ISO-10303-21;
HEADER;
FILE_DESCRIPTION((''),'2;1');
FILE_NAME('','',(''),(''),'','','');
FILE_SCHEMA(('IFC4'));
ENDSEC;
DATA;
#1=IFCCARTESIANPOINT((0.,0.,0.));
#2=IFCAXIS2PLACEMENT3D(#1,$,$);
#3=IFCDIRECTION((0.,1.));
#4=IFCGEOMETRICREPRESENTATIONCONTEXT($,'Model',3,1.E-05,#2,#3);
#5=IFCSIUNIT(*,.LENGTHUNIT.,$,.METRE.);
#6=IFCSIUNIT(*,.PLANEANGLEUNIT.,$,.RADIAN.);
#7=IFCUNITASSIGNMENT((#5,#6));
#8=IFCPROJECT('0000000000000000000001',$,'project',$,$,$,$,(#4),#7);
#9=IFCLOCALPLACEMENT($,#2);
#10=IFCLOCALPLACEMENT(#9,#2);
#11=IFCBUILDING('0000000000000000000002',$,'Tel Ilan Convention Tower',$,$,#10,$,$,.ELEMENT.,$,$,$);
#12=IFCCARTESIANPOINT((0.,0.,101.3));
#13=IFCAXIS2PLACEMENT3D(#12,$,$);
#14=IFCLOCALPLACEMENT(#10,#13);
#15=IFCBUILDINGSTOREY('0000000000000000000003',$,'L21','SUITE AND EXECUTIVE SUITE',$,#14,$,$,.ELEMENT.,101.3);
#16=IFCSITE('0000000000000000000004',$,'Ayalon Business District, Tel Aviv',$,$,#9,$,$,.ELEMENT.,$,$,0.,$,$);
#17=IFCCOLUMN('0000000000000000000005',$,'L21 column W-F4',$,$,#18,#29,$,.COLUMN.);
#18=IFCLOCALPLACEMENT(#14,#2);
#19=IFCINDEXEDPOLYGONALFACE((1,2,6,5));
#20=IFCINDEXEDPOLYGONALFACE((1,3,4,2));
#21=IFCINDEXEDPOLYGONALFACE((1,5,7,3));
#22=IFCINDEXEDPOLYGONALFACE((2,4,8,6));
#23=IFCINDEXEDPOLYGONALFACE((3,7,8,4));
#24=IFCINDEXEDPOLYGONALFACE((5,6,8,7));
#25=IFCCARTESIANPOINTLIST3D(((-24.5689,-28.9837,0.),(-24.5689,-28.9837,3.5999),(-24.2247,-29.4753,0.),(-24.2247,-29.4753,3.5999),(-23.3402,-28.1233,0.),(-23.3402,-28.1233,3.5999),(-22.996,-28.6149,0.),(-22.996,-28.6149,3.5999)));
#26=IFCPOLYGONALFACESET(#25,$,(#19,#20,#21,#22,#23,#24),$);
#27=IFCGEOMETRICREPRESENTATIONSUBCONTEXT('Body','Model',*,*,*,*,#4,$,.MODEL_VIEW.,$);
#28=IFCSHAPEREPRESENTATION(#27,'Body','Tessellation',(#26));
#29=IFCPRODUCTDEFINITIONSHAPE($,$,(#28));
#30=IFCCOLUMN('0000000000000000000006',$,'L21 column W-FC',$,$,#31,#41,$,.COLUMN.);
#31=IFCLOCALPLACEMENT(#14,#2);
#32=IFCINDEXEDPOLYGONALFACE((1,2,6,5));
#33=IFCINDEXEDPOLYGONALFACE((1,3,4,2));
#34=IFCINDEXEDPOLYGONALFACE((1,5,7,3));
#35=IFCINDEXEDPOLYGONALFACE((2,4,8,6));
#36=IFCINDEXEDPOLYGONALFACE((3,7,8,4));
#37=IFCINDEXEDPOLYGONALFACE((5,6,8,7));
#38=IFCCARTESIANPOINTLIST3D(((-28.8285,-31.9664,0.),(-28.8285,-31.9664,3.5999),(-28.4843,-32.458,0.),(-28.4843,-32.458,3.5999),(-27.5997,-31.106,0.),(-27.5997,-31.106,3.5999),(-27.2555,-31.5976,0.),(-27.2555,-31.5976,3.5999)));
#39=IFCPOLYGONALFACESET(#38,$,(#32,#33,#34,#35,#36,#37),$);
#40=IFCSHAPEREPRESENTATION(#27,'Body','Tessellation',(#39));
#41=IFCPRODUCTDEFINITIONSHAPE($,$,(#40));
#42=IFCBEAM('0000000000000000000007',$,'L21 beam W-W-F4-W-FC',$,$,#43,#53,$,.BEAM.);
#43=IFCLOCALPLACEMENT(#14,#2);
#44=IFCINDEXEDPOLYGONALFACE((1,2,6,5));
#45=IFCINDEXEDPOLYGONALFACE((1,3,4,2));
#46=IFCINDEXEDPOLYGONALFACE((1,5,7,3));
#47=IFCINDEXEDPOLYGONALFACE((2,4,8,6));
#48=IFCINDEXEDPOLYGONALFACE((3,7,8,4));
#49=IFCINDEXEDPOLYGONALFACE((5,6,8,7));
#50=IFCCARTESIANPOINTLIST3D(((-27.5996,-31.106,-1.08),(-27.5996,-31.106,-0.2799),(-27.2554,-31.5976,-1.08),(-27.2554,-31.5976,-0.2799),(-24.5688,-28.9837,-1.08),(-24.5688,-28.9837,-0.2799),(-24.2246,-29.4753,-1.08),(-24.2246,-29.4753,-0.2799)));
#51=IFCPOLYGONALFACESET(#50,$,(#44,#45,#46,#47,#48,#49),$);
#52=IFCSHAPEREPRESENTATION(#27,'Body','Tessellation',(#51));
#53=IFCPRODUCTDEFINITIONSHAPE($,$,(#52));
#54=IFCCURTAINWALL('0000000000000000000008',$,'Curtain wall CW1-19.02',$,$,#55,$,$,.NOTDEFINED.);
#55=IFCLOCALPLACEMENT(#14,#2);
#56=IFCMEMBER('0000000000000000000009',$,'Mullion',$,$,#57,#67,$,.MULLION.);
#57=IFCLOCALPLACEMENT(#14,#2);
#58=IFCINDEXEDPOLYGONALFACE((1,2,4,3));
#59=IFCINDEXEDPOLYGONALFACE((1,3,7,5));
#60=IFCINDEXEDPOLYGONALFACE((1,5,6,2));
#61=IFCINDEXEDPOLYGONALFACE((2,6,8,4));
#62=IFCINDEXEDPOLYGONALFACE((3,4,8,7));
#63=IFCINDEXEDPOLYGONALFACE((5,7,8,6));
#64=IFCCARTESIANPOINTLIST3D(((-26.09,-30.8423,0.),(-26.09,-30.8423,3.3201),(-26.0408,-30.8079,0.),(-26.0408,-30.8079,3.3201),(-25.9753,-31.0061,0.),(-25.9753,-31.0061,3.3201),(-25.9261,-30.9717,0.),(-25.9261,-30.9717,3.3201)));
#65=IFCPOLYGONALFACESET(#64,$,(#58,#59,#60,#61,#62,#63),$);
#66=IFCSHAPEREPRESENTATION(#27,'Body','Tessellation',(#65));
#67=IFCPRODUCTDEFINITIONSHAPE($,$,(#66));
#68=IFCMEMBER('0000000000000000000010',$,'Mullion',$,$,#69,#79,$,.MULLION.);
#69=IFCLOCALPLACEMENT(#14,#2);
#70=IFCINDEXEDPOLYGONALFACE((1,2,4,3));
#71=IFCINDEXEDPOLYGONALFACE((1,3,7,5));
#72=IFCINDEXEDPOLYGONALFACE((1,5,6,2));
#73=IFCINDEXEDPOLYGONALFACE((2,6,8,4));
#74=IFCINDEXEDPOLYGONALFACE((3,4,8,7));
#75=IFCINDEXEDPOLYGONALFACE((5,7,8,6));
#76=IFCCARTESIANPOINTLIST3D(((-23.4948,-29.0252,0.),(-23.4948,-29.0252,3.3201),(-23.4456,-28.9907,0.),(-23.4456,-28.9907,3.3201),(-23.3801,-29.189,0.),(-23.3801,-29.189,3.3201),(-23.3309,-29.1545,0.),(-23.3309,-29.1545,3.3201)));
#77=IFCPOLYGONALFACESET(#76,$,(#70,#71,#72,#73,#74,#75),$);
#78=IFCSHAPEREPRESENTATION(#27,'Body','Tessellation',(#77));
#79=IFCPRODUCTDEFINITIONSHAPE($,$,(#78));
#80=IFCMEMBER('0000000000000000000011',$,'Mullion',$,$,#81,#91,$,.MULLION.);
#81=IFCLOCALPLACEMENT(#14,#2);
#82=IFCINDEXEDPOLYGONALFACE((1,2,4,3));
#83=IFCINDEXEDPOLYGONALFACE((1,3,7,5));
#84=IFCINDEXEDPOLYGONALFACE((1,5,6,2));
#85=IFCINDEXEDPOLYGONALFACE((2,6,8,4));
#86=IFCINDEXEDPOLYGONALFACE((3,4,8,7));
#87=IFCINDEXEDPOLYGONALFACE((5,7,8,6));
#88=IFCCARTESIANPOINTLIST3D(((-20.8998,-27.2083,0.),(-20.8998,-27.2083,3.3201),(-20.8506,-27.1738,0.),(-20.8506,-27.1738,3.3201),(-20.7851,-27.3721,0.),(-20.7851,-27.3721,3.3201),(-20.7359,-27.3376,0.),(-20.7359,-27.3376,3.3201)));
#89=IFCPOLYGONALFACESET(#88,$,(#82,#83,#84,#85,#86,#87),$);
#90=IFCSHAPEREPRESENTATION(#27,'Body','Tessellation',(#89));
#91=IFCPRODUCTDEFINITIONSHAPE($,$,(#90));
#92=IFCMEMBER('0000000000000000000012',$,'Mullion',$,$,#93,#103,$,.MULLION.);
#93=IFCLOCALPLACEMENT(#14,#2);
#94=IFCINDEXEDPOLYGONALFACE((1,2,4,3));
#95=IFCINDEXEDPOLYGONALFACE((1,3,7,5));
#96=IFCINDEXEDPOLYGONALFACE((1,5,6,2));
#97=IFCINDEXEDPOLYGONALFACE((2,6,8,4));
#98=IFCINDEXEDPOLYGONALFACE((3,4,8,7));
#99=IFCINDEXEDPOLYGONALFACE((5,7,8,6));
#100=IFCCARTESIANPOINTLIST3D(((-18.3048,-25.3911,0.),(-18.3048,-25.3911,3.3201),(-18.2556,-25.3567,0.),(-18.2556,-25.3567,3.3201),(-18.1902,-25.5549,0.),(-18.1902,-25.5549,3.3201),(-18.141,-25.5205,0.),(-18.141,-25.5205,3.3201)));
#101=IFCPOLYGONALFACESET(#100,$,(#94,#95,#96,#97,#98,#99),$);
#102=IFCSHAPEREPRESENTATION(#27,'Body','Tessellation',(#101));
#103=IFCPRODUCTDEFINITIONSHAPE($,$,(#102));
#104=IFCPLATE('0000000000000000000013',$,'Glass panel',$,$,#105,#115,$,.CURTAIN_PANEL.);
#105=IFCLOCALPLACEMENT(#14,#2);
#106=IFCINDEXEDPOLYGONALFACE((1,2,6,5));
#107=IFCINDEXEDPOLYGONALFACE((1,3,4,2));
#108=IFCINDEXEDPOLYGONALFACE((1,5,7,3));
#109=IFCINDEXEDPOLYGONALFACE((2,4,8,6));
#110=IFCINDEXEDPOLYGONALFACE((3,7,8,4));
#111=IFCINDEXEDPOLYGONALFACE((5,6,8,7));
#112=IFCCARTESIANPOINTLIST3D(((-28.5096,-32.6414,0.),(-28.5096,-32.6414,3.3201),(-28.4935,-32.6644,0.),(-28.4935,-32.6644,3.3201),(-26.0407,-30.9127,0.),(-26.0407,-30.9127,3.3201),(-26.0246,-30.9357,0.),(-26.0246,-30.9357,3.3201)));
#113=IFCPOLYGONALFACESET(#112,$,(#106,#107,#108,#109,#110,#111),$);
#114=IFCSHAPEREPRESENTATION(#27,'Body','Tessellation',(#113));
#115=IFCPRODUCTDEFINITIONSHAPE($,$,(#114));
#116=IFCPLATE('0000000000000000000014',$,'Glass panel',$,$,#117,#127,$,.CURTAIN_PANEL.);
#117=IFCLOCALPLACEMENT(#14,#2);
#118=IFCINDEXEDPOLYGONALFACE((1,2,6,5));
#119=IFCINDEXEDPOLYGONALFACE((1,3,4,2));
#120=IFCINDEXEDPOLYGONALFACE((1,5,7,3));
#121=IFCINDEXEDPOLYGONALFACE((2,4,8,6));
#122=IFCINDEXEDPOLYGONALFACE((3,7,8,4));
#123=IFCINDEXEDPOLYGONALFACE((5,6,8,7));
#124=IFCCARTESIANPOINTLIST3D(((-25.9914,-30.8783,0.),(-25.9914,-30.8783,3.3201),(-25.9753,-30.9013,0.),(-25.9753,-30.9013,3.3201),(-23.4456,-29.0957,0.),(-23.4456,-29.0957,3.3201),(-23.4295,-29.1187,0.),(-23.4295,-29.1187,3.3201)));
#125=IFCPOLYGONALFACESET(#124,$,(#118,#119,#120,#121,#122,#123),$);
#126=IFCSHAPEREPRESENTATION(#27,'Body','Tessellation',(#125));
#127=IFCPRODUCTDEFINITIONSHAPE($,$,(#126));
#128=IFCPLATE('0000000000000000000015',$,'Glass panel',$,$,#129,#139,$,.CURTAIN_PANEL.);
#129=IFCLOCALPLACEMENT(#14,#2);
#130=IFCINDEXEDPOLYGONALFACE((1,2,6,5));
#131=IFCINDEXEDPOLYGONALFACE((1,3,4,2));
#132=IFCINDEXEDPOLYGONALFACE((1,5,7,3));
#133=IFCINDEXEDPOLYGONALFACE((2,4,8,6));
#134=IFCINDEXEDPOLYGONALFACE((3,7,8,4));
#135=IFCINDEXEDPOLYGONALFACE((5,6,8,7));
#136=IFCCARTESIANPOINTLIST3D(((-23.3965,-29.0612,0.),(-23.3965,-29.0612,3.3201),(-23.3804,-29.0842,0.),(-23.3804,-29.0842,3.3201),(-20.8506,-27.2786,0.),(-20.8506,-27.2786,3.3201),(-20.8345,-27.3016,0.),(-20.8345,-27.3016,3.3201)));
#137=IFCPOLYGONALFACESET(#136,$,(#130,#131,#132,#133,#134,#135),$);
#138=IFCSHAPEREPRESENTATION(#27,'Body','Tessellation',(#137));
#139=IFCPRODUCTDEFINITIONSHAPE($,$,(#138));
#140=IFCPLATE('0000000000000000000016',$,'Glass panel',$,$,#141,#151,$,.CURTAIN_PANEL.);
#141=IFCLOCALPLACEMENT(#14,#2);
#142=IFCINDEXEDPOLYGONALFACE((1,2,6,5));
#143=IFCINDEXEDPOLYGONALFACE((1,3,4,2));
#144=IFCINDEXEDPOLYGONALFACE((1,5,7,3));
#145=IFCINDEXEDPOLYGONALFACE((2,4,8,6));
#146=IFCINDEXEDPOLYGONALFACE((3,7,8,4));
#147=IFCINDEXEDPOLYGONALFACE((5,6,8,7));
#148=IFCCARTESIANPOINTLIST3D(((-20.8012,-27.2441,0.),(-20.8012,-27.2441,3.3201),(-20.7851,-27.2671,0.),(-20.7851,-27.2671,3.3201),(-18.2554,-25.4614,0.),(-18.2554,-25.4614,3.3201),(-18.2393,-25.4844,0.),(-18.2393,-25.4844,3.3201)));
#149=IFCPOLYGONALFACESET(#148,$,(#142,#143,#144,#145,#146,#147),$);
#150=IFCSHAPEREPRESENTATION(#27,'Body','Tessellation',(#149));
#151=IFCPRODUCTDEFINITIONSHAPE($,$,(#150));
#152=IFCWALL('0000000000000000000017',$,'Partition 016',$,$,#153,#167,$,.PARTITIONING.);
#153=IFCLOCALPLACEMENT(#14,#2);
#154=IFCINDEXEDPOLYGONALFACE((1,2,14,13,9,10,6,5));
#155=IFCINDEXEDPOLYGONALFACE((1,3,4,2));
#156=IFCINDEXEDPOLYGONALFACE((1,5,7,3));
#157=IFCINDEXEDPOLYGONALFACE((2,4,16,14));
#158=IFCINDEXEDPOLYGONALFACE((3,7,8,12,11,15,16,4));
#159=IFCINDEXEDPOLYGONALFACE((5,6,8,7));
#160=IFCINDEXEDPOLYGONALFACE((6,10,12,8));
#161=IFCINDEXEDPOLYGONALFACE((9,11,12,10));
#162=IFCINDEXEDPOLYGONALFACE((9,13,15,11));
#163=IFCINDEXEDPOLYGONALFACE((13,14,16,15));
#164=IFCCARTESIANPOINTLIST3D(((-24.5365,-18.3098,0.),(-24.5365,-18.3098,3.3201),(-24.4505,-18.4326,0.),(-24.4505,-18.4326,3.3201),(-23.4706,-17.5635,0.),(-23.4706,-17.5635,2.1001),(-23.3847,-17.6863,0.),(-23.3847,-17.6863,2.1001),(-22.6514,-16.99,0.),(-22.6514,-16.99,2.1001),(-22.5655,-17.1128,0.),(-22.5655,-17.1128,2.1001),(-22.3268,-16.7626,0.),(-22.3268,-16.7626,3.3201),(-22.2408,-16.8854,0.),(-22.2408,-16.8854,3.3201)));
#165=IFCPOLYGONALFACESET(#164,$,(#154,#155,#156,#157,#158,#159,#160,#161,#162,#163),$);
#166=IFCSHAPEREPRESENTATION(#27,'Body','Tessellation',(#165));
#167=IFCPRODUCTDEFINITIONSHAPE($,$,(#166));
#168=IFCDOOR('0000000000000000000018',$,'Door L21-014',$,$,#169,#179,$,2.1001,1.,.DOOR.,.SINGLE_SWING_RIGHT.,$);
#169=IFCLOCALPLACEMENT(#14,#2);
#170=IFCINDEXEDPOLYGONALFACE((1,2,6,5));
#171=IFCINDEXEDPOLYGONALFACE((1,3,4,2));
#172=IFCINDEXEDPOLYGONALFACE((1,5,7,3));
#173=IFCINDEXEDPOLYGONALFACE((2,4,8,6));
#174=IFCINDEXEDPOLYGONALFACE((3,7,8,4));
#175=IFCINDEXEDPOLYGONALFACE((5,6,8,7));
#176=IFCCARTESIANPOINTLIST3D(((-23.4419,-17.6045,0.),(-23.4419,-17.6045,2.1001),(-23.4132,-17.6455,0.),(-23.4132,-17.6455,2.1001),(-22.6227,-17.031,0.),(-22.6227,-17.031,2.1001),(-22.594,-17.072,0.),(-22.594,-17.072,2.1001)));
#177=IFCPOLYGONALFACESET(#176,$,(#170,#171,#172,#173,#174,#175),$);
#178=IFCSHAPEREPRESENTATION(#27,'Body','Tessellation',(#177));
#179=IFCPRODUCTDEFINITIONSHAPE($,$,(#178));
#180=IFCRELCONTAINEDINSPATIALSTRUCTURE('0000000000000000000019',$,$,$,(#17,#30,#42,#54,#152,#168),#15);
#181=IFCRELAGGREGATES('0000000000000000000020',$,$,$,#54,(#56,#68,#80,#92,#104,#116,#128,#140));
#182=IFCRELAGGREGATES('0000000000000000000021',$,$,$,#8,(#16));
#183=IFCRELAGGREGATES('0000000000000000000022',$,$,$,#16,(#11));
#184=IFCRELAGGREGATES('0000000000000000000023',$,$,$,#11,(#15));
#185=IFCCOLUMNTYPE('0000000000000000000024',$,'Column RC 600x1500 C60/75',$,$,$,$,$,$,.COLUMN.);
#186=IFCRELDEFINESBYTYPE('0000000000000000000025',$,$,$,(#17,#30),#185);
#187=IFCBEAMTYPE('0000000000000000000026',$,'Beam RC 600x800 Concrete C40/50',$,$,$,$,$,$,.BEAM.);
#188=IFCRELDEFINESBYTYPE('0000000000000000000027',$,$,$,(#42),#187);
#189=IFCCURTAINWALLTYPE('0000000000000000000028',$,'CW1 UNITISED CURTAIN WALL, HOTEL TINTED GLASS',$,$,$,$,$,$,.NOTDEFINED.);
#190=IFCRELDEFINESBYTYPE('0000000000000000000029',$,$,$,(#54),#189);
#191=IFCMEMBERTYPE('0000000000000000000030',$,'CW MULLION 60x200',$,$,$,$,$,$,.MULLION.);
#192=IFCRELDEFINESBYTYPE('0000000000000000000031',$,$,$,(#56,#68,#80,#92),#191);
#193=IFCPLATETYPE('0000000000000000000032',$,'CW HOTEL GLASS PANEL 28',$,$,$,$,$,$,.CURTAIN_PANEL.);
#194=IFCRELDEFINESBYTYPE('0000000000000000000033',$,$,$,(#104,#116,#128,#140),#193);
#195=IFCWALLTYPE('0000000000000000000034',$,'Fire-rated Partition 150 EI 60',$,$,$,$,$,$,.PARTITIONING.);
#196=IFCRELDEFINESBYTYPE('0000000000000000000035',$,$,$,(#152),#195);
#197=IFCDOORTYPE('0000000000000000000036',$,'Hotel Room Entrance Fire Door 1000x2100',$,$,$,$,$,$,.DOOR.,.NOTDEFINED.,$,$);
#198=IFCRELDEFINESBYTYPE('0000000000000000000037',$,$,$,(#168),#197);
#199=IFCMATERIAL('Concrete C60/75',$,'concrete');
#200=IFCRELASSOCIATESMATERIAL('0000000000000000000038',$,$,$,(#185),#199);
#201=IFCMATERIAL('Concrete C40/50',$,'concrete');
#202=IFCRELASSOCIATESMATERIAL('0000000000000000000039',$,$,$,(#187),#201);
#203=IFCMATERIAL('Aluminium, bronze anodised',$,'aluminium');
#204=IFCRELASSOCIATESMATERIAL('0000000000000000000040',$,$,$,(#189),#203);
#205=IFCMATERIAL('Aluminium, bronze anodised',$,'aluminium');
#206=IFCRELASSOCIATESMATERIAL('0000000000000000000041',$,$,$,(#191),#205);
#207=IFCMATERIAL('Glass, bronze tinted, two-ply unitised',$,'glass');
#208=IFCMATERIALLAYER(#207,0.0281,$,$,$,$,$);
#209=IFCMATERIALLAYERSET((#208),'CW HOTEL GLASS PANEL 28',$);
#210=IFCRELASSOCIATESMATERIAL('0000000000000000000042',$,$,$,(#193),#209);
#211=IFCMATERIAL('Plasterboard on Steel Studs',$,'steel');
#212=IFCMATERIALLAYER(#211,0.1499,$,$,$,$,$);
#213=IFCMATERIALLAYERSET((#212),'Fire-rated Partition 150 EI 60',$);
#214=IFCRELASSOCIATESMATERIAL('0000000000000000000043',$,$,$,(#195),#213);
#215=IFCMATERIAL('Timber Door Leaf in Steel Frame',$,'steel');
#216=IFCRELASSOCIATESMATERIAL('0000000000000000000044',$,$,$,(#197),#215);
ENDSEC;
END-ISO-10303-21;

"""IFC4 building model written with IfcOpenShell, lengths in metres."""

from ifc_helpers import new_model, si_unit, direction, frame, frame_2d, origin, origin_2d, place, context, subcontext, project, spatial, rectangle, extrude, material, layer, layer_set, material_profile, profile_set, type_object, element, fill, aggregate, save


model = new_model("IFC4")

# Units and contexts
model_context = context("Model", 3, precision=1e-05, world=origin(), true_north=direction((0.0, 1.0)))
body_context = subcontext(model_context, "Body", "Model", "MODEL_VIEW")
ifc_project = project(units=[si_unit("LENGTHUNIT", "METRE"), si_unit("PLANEANGLEUNIT", "RADIAN")], contexts=[model_context])

# Site, building, storey
site_placement = place(None, origin())
site = spatial("IfcSite", under=ifc_project, at=site_placement, Name="Ayalon Business District, Tel Aviv", CompositionType="ELEMENT", RefElevation=0.0)
building_placement = place(site_placement, origin())
building = spatial("IfcBuilding", under=site, at=building_placement, Name="Tel Ilan Convention Tower", CompositionType="ELEMENT")
storey_placement = place(building_placement, frame((0.0, 0.0, 101.3)))
storey = spatial("IfcBuildingStorey", under=building, at=storey_placement, Name="L21", Description="SUITE AND EXECUTIVE SUITE", CompositionType="ELEMENT", Elevation=101.3)

# Columns
ifc_material_1 = material(Name="Concrete C60/75", Category="concrete")
ifc_material_profile_1 = material_profile(ifc_material_1, rectangle(XDim=1.5, YDim=0.6001, at=origin_2d()), Name="RC 600x1500")
ifc_profile_set_1 = profile_set([ifc_material_profile_1], Name="Concrete C60/75")
column_type = type_object("IfcColumnType", Name="Column RC 600x1500 C60/75", PredefinedType="COLUMN", material=ifc_profile_set_1)
for number, where, z_axis, x_axis, name in (
    (1, (-23.7825, -28.7993, 0.0), (0.0, 0.0, 1.0), (-0.819152, -0.573576, 0.0), "L21 column W-F4"),
    (2, (-28.042, -31.782, 0.0), (0.0, 0.0, 1.0), (-0.819152, -0.573576, 0.0), "L21 column W-FC"),
):
    element("IfcColumn", number, at=place(storey_placement, frame(where, z_axis=z_axis, x_axis=x_axis)), inside=storey, type_object=column_type, Name=name, PredefinedType="COLUMN", context=body_context, shape_type="SweptSolid", body=[
        extrude(rectangle(XDim=1.5, YDim=0.6001, at=origin_2d()), origin(), (0.0, 0.0, 1.0), 3.5999),
    ])

# Beam
ifc_material_2 = material(Name="Concrete C40/50", Category="concrete")
ifc_material_profile_2 = material_profile(ifc_material_2, rectangle(XDim=0.6001, YDim=0.8, at=origin_2d()), Name="RC 600x800")
ifc_profile_set_2 = profile_set([ifc_material_profile_2], Name="Concrete C40/50")
beam_type = type_object("IfcBeamType", Name="Beam RC 600x800 Concrete C40/50", PredefinedType="BEAM", material=ifc_profile_set_2)
beam_placement = place(storey_placement, frame((-24.3967, -29.2295, -0.6799), z_axis=(-0.819133, -0.573604, 0.0), x_axis=(0.573604, -0.819133, 0.0)))
element("IfcBeam", 3, at=beam_placement, inside=storey, type_object=beam_type, Name="L21 beam W-W-F4-W-FC", PredefinedType="BEAM", context=body_context, shape_type="SweptSolid", body=[
    extrude(rectangle(XDim=0.6001, YDim=0.8, at=origin_2d()), origin(), (0.0, 0.0, 1.0), 3.7),
])

# Curtain wall, members, plates
ifc_material_3 = material(Name="Aluminium, bronze anodised", Category="aluminium")
curtain_wall_type = type_object("IfcCurtainWallType", Name="CW1 UNITISED CURTAIN WALL, HOTEL TINTED GLASS", PredefinedType="NOTDEFINED", material=ifc_material_3)
curtain_wall_placement = place(storey_placement, origin())
curtain_wall = element("IfcCurtainWall", 4, at=curtain_wall_placement, inside=storey, type_object=curtain_wall_type, Name="Curtain wall CW1-19.02", PredefinedType="NOTDEFINED")
ifc_material_4 = material(Name="Aluminium, bronze anodised", Category="aluminium")
ifc_material_profile_3 = material_profile(ifc_material_4, rectangle(XDim=0.0601, YDim=0.2, at=origin_2d()), Name="CW MULLION 60x200")
ifc_profile_set_3 = profile_set([ifc_material_profile_3], Name="Aluminium, bronze anodised")
member_type = type_object("IfcMemberType", Name="CW MULLION 60x200", PredefinedType="MULLION", material=ifc_profile_set_3)
member_1_placement = place(storey_placement, frame((-26.0081, -30.907, 0.0), z_axis=(0.0, 0.0, 1.0), x_axis=(0.819152, 0.573576, 0.0)))
member_1 = element("IfcMember", 5, at=member_1_placement, type_object=member_type, Name="Mullion", PredefinedType="MULLION", context=body_context, shape_type="SweptSolid", body=[
    extrude(rectangle(XDim=0.0601, YDim=0.2, at=origin_2d()), origin(), (0.0, 0.0, 1.0), 3.3201),
])
member_2_placement = place(storey_placement, frame((-23.4128, -29.0898, 0.0), z_axis=(0.0, 0.0, 1.0), x_axis=(0.819152, 0.573576, 0.0)))
member_2 = element("IfcMember", 6, at=member_2_placement, type_object=member_type, Name="Mullion", PredefinedType="MULLION", context=body_context, shape_type="SweptSolid", body=[
    extrude(rectangle(XDim=0.0601, YDim=0.2, at=origin_2d()), origin(), (0.0, 0.0, 1.0), 3.3201),
])
member_3_placement = place(storey_placement, frame((-20.8179, -27.2729, 0.0), z_axis=(0.0, 0.0, 1.0), x_axis=(0.819152, 0.573576, 0.0)))
member_3 = element("IfcMember", 7, at=member_3_placement, type_object=member_type, Name="Mullion", PredefinedType="MULLION", context=body_context, shape_type="SweptSolid", body=[
    extrude(rectangle(XDim=0.0601, YDim=0.2, at=origin_2d()), origin(), (0.0, 0.0, 1.0), 3.3201),
])
member_4_placement = place(storey_placement, frame((-18.2229, -25.4558, 0.0), z_axis=(0.0, 0.0, 1.0), x_axis=(0.819152, 0.573576, 0.0)))
member_4 = element("IfcMember", 8, at=member_4_placement, type_object=member_type, Name="Mullion", PredefinedType="MULLION", context=body_context, shape_type="SweptSolid", body=[
    extrude(rectangle(XDim=0.0601, YDim=0.2, at=origin_2d()), origin(), (0.0, 0.0, 1.0), 3.3201),
])
ifc_material_5 = material(Name="Glass, bronze tinted, two-ply unitised", Category="glass")
ifc_layer_1 = layer(ifc_material_5, 0.0281)
ifc_layer_set_1 = layer_set([ifc_layer_1], Name="CW HOTEL GLASS PANEL 28")
plate_type = type_object("IfcPlateType", Name="CW HOTEL GLASS PANEL 28", PredefinedType="CURTAIN_PANEL", material=ifc_layer_set_1)
plate_1_placement = place(storey_placement, frame((-27.2671, -31.7886, 0.0), z_axis=(0.0, 0.0, 1.0), x_axis=(0.819152, 0.573576, 0.0)))
plate_1 = element("IfcPlate", 9, at=plate_1_placement, type_object=plate_type, Name="Glass panel", PredefinedType="CURTAIN_PANEL", context=body_context, shape_type="SweptSolid", body=[
    extrude(rectangle(XDim=3.0139, YDim=0.0281, at=origin_2d()), origin(), (0.0, 0.0, 1.0), 3.3201),
])
plate_2_placement = place(storey_placement, frame((-24.7104, -29.9985, 0.0), z_axis=(0.0, 0.0, 1.0), x_axis=(0.819152, 0.573576, 0.0)))
plate_2 = element("IfcPlate", 10, at=plate_2_placement, type_object=plate_type, Name="Glass panel", PredefinedType="CURTAIN_PANEL", context=body_context, shape_type="SweptSolid", body=[
    extrude(rectangle(XDim=3.1079, YDim=0.0281, at=origin_2d()), origin(), (0.0, 0.0, 1.0), 3.3201),
])
plate_3_placement = place(storey_placement, frame((-22.1155, -28.1814, 0.0), z_axis=(0.0, 0.0, 1.0), x_axis=(0.819152, 0.573576, 0.0)))
plate_3 = element("IfcPlate", 11, at=plate_3_placement, type_object=plate_type, Name="Glass panel", PredefinedType="CURTAIN_PANEL", context=body_context, shape_type="SweptSolid", body=[
    extrude(rectangle(XDim=3.1079, YDim=0.0281, at=origin_2d()), origin(), (0.0, 0.0, 1.0), 3.3201),
])
plate_4_placement = place(storey_placement, frame((-19.5203, -26.3643, 0.0), z_axis=(0.0, 0.0, 1.0), x_axis=(0.819152, 0.573576, 0.0)))
plate_4 = element("IfcPlate", 12, at=plate_4_placement, type_object=plate_type, Name="Glass panel", PredefinedType="CURTAIN_PANEL", context=body_context, shape_type="SweptSolid", body=[
    extrude(rectangle(XDim=3.1079, YDim=0.0281, at=origin_2d()), origin(), (0.0, 0.0, 1.0), 3.3201),
])
aggregate(curtain_wall, [member_1, member_2, member_3, member_4, plate_1, plate_2, plate_3, plate_4])

# Wall, opening, door
ifc_material_6 = material(Name="Plasterboard on Steel Studs", Category="steel")
ifc_layer_2 = layer(ifc_material_6, 0.1499)
ifc_layer_set_2 = layer_set([ifc_layer_2], Name="Fire-rated Partition 150 EI 60")
wall_type_1 = type_object("IfcWallType", Name="Fire-rated Partition 150 EI 60", PredefinedType="PARTITIONING", material=ifc_layer_set_2)
wall_1_placement = place(storey_placement, frame((-24.4934, -18.3711, 0.0), z_axis=(0.0, 0.0, 1.0), x_axis=(0.819177, 0.573541, 0.0)))
wall_1 = element("IfcWall", 13, at=wall_1_placement, inside=storey, type_object=wall_type_1, Name="Partition 016", PredefinedType="PARTITIONING", context=body_context, shape_type="SweptSolid", body=[
    extrude(rectangle(XDim=2.6975, YDim=0.1499, at=frame_2d((1.3486, 0.0))), origin(), (0.0, 0.0, 1.0), 3.3201),
])
opening_1_placement = place(wall_1_placement, frame((1.301, 0.0, 0.0)))
opening_1 = element("IfcOpeningElement", 14, at=opening_1_placement, cuts=wall_1, PredefinedType="OPENING", context=body_context, shape_type="SweptSolid", body=[
    extrude(rectangle(XDim=1.0, YDim=2.1001, at=frame_2d((0.5, 1.05))), frame((0.0, 0.085, 0.0), z_axis=(0.0, -1.0, 0.0), x_axis=(1.0, 0.0, 0.0)), (0.0, 0.0, 1.0), 0.1699),
])
ifc_material_7 = material(Name="Timber Door Leaf in Steel Frame", Category="steel")
door_type_1 = type_object("IfcDoorType", Name="Hotel Room Entrance Fire Door 1000x2100", OperationType="NOTDEFINED", PredefinedType="DOOR", material=ifc_material_7)
door_1_placement = place(opening_1_placement, origin())
door_1 = element("IfcDoor", 15, at=door_1_placement, inside=storey, type_object=door_type_1, Name="Door L21-014", OperationType="SINGLE_SWING_RIGHT", OverallHeight=2.1001, OverallWidth=1.0, PredefinedType="DOOR", context=body_context, shape_type="SweptSolid", body=[
    extrude(rectangle(XDim=1.0, YDim=2.1001, at=frame_2d((0.5, 1.05))), frame((0.0, 0.0249, 0.0), z_axis=(0.0, -1.0, 0.0), x_axis=(1.0, 0.0, 0.0)), (0.0, 0.0, 1.0), 0.05),
])
fill(opening_1, door_1)

save(model, "model.ifc")
